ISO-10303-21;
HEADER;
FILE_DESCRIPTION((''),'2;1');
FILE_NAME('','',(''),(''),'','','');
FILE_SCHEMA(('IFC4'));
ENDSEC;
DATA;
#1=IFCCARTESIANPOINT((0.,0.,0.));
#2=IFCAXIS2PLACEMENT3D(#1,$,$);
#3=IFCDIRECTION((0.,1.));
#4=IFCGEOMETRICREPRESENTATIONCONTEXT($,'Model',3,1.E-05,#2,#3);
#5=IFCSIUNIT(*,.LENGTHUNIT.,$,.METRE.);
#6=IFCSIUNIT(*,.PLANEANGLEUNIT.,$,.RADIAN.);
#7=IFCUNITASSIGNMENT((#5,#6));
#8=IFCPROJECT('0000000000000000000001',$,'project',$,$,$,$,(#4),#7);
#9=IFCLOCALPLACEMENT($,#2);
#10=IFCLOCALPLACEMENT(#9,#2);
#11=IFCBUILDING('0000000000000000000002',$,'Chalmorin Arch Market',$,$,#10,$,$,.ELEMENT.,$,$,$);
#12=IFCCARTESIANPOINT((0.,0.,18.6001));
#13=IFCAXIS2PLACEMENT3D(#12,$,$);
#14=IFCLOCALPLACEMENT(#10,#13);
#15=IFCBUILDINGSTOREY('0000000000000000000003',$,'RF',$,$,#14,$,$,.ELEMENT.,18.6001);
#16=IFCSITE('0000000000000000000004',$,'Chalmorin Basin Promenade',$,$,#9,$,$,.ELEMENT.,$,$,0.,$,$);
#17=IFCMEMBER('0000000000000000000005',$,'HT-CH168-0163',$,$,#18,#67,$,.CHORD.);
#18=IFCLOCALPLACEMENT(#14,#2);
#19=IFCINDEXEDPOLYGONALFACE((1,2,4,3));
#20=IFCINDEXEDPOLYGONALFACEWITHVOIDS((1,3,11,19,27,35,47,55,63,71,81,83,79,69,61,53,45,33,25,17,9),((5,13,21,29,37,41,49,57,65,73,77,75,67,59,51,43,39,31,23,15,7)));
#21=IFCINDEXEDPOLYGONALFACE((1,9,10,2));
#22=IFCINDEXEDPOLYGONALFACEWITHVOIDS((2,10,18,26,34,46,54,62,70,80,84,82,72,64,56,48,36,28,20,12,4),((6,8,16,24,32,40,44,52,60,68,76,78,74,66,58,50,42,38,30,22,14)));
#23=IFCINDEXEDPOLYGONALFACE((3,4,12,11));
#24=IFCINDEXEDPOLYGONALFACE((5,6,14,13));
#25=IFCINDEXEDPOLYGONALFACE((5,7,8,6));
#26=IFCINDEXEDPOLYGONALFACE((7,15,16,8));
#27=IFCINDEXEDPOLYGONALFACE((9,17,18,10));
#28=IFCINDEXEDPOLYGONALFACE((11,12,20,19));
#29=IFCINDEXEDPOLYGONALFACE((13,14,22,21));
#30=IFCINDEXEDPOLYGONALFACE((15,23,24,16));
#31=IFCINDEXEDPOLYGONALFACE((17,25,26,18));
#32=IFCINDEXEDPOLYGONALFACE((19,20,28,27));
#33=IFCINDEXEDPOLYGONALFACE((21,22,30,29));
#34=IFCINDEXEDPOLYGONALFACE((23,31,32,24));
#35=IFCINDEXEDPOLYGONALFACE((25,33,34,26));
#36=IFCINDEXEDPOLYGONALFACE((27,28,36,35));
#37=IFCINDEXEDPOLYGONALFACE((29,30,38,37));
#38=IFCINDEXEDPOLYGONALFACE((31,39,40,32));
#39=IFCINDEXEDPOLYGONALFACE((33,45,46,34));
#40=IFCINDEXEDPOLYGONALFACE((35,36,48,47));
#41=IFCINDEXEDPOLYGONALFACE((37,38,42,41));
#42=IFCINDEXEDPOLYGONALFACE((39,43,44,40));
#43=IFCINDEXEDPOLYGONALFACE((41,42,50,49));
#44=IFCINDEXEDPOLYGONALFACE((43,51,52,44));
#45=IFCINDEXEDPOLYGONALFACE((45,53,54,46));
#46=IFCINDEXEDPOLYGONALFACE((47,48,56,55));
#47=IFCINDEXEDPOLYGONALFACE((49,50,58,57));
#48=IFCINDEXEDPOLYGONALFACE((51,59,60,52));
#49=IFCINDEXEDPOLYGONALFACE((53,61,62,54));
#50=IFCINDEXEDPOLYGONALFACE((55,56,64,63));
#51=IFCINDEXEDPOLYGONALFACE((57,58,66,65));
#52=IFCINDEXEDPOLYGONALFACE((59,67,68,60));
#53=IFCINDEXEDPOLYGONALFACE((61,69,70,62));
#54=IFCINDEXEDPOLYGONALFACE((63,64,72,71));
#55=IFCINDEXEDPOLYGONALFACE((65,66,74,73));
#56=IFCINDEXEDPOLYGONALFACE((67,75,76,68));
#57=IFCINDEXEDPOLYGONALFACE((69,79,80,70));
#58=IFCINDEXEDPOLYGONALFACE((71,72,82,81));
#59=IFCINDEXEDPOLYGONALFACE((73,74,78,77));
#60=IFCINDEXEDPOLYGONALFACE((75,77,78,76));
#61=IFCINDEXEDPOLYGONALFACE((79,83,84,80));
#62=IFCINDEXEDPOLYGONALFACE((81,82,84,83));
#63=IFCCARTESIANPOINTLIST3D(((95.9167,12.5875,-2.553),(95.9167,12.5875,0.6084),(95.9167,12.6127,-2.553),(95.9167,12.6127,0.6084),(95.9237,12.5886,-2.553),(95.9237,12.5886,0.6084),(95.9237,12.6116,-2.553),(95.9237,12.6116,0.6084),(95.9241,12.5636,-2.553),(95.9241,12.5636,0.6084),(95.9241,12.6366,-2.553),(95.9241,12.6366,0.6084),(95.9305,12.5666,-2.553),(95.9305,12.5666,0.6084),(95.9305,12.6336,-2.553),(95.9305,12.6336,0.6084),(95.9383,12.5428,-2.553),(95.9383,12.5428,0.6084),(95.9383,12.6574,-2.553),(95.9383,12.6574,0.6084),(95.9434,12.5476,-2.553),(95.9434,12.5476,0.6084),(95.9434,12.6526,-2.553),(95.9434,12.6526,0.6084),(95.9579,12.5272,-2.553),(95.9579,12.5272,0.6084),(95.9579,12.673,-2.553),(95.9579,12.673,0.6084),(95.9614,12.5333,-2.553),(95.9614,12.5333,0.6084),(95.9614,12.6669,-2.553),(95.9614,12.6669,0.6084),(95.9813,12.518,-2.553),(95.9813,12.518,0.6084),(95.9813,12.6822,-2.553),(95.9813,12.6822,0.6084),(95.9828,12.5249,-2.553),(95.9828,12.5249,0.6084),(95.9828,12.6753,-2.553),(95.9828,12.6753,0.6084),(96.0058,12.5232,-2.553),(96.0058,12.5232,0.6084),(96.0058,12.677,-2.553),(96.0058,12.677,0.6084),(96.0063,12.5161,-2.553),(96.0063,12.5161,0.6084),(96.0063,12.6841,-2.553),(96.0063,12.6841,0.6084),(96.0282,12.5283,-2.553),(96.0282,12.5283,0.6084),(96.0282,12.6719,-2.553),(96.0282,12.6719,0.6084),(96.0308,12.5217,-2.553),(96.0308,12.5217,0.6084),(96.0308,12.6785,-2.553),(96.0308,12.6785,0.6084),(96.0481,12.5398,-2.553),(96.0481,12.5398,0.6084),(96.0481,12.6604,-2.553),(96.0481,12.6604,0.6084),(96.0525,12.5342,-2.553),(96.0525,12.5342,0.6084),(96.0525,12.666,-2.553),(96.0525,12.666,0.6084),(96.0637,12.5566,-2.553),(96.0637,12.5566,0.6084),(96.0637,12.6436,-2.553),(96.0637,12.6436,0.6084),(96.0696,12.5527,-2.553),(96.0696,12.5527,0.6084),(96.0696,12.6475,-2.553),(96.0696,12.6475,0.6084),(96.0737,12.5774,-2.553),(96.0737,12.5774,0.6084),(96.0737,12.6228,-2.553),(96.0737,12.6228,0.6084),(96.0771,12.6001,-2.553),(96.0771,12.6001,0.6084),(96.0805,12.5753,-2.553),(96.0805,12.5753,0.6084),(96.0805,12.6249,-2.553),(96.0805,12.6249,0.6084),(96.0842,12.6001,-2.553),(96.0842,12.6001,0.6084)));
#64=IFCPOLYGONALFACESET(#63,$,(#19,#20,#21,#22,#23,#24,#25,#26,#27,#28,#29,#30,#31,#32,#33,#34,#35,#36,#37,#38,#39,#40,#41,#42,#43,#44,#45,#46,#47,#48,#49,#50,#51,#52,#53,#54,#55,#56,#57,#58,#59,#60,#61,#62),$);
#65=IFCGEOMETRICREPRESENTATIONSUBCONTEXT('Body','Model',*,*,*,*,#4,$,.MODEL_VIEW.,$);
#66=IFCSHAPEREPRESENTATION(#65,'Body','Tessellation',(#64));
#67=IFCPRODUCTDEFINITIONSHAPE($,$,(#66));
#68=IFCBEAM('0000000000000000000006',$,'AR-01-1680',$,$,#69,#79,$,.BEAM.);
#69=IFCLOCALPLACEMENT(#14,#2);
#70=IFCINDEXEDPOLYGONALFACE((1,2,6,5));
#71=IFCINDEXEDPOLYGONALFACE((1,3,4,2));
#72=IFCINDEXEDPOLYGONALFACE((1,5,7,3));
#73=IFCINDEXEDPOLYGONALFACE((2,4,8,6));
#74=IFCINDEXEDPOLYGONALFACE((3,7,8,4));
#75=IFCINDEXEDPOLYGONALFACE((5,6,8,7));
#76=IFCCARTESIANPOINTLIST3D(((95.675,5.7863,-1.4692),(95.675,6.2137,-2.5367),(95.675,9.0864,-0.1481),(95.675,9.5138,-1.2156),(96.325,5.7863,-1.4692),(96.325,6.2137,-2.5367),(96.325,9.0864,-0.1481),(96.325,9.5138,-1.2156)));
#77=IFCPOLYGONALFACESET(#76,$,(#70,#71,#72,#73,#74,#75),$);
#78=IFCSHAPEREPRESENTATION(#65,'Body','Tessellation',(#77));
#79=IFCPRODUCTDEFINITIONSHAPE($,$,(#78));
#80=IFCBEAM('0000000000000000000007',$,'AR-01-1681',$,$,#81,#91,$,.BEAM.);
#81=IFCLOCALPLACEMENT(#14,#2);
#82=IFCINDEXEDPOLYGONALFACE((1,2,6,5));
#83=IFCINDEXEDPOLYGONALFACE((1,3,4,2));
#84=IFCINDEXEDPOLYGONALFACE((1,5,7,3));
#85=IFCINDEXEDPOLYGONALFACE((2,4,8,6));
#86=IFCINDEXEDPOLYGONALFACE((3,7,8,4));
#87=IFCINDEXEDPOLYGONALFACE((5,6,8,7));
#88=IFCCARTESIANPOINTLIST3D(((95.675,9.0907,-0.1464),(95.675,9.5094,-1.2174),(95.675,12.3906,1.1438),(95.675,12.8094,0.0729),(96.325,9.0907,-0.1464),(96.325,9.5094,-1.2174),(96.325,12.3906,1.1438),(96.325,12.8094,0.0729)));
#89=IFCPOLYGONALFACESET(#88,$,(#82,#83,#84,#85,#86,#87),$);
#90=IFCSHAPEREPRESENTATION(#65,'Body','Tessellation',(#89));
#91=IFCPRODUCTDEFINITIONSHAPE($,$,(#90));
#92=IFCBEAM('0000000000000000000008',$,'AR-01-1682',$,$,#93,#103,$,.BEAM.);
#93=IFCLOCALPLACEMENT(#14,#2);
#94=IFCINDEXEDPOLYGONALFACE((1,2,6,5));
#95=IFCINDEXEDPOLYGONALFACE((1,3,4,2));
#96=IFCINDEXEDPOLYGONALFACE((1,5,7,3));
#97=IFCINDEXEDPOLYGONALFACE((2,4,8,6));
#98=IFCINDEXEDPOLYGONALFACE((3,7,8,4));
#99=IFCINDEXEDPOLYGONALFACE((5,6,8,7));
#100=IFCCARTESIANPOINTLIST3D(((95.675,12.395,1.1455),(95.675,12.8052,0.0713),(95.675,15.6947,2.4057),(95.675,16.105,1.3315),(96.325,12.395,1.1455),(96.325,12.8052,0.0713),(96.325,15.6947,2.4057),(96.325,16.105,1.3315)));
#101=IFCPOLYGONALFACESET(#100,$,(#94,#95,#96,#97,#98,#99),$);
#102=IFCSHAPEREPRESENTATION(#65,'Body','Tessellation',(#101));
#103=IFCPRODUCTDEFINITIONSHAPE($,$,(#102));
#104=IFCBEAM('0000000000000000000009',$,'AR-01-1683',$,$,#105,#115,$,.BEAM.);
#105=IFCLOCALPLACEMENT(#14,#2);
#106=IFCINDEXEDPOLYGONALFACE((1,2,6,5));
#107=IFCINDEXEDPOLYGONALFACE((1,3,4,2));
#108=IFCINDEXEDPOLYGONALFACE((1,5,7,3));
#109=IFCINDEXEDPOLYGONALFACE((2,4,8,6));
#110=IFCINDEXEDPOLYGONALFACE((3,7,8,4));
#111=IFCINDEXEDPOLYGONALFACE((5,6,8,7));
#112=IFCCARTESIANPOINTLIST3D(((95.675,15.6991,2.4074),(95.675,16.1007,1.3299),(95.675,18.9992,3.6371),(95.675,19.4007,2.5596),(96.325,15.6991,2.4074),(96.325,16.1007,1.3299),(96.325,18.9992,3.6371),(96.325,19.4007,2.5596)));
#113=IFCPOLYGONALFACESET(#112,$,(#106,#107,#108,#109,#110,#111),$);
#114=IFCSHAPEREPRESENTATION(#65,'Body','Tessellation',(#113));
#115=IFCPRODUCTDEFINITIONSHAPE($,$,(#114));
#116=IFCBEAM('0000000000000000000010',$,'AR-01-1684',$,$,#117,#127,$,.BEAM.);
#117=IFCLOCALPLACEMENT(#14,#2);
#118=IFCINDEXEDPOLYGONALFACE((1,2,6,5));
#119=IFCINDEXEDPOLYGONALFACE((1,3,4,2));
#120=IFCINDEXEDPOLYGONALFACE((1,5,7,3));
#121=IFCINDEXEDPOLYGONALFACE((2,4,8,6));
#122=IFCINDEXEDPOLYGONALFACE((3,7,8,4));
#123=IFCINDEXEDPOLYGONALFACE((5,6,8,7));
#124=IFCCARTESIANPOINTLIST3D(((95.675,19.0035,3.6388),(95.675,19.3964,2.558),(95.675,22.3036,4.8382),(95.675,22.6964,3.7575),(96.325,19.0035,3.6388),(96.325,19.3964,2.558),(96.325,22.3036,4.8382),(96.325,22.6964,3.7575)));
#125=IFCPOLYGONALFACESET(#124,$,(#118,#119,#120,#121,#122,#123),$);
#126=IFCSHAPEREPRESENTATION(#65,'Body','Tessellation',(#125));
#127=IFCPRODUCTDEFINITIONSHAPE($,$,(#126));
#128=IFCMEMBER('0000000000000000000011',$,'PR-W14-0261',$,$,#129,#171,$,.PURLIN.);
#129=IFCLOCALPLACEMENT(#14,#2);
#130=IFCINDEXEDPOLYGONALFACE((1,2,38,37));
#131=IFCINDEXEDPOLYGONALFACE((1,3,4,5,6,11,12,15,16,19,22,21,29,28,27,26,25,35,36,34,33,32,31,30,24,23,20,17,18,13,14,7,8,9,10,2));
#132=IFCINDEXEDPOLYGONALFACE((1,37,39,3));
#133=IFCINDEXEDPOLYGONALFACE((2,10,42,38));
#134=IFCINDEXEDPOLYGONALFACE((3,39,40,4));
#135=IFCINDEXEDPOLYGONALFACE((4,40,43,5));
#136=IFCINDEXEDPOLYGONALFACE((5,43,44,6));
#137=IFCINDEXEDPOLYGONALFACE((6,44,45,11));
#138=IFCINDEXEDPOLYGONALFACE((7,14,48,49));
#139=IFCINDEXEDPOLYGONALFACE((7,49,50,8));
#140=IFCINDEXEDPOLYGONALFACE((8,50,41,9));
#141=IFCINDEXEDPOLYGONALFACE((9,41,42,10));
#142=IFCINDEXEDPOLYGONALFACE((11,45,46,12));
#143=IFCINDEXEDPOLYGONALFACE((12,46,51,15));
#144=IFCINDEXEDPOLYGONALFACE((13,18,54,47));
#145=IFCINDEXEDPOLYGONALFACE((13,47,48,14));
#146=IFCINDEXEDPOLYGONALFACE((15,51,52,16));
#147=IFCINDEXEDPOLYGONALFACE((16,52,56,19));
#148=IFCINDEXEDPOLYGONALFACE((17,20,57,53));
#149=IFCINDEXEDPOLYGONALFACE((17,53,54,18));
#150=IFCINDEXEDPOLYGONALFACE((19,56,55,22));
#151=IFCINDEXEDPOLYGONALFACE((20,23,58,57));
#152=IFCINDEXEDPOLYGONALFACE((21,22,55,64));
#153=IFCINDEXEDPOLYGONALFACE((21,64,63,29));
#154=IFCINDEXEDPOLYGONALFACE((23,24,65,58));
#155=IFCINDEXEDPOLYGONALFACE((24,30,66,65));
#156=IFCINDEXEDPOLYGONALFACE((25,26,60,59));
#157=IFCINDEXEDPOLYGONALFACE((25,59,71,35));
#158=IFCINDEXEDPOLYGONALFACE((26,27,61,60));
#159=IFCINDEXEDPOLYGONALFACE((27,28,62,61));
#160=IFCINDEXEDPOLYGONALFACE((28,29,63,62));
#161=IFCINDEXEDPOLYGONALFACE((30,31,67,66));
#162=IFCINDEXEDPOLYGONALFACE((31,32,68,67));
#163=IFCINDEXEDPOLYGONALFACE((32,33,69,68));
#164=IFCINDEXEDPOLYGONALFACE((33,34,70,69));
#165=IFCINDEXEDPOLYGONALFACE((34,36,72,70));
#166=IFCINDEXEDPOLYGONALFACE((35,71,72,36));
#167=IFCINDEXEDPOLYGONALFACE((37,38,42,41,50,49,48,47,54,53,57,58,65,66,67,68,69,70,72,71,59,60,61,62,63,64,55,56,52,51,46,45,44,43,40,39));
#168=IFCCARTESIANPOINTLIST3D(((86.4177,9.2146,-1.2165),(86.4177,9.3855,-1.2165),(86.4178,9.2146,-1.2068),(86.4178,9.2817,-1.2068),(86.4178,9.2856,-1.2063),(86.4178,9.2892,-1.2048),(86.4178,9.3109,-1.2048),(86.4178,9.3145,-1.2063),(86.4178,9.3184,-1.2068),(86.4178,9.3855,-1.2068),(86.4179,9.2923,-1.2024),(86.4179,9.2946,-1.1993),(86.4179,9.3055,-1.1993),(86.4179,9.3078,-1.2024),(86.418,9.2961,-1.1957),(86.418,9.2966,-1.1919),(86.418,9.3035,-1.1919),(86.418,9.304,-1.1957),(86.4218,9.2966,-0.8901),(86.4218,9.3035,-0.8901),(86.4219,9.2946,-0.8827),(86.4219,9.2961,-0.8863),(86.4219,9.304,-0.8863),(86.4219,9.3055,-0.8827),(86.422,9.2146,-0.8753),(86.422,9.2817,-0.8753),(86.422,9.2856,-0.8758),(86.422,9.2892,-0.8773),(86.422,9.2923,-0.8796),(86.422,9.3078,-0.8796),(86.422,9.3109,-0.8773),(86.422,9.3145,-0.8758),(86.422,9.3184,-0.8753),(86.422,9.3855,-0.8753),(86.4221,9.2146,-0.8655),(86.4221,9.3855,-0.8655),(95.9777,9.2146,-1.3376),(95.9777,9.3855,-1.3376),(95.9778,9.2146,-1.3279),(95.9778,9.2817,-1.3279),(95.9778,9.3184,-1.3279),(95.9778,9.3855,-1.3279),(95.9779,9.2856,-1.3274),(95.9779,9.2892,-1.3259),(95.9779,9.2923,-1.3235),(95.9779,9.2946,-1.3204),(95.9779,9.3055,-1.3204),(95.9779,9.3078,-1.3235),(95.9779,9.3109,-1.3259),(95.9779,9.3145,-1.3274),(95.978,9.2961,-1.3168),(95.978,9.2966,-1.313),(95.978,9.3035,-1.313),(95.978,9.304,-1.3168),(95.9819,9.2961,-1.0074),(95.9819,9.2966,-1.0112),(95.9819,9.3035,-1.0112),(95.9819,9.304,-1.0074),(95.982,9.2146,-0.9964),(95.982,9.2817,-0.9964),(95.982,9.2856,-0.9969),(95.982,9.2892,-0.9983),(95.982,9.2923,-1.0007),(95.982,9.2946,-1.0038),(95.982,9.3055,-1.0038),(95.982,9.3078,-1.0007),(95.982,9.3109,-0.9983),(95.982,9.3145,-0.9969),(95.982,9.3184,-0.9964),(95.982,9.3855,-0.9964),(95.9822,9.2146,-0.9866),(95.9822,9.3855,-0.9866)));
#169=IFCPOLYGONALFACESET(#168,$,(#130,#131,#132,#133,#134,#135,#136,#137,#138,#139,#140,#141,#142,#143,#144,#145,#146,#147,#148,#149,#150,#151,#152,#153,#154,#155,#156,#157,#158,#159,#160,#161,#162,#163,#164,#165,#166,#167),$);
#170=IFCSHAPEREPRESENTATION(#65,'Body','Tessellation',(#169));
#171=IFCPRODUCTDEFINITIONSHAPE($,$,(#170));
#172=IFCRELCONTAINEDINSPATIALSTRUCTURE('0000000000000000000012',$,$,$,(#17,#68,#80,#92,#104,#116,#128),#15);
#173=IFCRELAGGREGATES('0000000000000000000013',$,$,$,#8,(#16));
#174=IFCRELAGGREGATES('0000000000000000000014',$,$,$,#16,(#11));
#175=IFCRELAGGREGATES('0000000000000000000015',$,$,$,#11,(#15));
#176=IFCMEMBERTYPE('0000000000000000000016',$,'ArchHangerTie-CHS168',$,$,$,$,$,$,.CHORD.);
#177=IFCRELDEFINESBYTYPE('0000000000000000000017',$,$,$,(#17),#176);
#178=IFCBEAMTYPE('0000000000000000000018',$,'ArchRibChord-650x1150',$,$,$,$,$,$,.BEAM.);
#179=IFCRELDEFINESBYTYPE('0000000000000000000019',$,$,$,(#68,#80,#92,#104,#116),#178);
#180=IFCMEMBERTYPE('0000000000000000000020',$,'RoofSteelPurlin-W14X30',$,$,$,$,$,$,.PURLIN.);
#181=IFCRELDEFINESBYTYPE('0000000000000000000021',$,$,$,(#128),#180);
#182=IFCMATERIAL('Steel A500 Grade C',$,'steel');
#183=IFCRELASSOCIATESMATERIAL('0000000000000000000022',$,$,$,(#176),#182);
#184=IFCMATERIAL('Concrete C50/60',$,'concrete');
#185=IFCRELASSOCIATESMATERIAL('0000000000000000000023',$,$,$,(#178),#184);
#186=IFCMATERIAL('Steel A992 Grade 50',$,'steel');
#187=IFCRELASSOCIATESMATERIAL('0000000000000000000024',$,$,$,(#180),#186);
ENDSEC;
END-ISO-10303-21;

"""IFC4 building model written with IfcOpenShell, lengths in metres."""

from ifc_helpers import new_model, si_unit, direction, frame, origin, origin_2d, place, context, subcontext, project, spatial, rectangle, hollow_circle, i_section, extrude, material, material_profile, profile_set, type_object, element, save


model = new_model("IFC4")

# Units and contexts
model_context = context("Model", 3, precision=1e-05, world=origin(), true_north=direction((0.0, 1.0)))
body_context = subcontext(model_context, "Body", "Model", "MODEL_VIEW")
ifc_project = project(units=[si_unit("LENGTHUNIT", "METRE"), si_unit("PLANEANGLEUNIT", "RADIAN")], contexts=[model_context])

# Site, building, storey
site_placement = place(None, origin())
site = spatial("IfcSite", under=ifc_project, at=site_placement, Name="Chalmorin Basin Promenade", CompositionType="ELEMENT", RefElevation=0.0)
building_placement = place(site_placement, origin())
building = spatial("IfcBuilding", under=site, at=building_placement, Name="Chalmorin Arch Market", CompositionType="ELEMENT")
storey_placement = place(building_placement, frame((0.0, 0.0, 18.6001)))
storey = spatial("IfcBuildingStorey", under=building, at=storey_placement, Name="RF", CompositionType="ELEMENT", Elevation=18.6001)

# Member
ifc_material_1 = material(Name="Steel A500 Grade C", Category="steel")
ifc_material_profile_1 = material_profile(ifc_material_1, hollow_circle(Radius=0.0842, WallThickness=0.0071, at=origin_2d()), Name="CHS168X7")
ifc_profile_set_1 = profile_set([ifc_material_profile_1], Name="Steel A500 Grade C")
member_type_1 = type_object("IfcMemberType", Name="ArchHangerTie-CHS168", PredefinedType="CHORD", material=ifc_profile_set_1)
member_1_placement = place(storey_placement, frame((96.0, 12.6001, -2.553), z_axis=(0.0, 0.0, 1.0), x_axis=(1.0, 0.0, 0.0)))
element("IfcMember", 1, at=member_1_placement, inside=storey, type_object=member_type_1, Name="HT-CH168-0163", PredefinedType="CHORD", context=body_context, shape_type="SweptSolid", body=[
    extrude(hollow_circle(Radius=0.0842, WallThickness=0.0071, at=origin_2d()), origin(), (0.0, 0.0, 1.0), 3.1614),
])

# Beams
ifc_material_2 = material(Name="Concrete C50/60", Category="concrete")
ifc_material_profile_2 = material_profile(ifc_material_2, rectangle(XDim=0.6499, YDim=1.1499, at=origin_2d()), Name="RC650X1150")
ifc_profile_set_2 = profile_set([ifc_material_profile_2], Name="Concrete C50/60")
beam_type = type_object("IfcBeamType", Name="ArchRibChord-650x1150", PredefinedType="BEAM", material=ifc_profile_set_2)
beam_1_placement = place(storey_placement, frame((96.0, 6.0, -2.0029), z_axis=(0.0, 0.928377, 0.371639), x_axis=(-1.0, 0.0, 0.0)))
element("IfcBeam", 2, at=beam_1_placement, inside=storey, type_object=beam_type, Name="AR-01-1680", PredefinedType="BEAM", context=body_context, shape_type="SweptSolid", body=[
    extrude(rectangle(XDim=0.6499, YDim=1.1499, at=origin_2d()), origin(), (0.0, 0.0, 1.0), 3.5547),
])
beam_2_placement = place(storey_placement, frame((96.0, 9.3, -0.6819), z_axis=(0.0, 0.931342, 0.364145), x_axis=(-1.0, 0.0, 0.0)))
element("IfcBeam", 3, at=beam_2_placement, inside=storey, type_object=beam_type, Name="AR-01-1681", PredefinedType="BEAM", context=body_context, shape_type="SweptSolid", body=[
    extrude(rectangle(XDim=0.6499, YDim=1.1499, at=origin_2d()), origin(), (0.0, 0.0, 1.0), 3.5432),
])
beam_3_placement = place(storey_placement, frame((96.0, 12.6001, 0.6084), z_axis=(0.0, 0.934187, 0.356783), x_axis=(-1.0, 0.0, 0.0)))
element("IfcBeam", 4, at=beam_3_placement, inside=storey, type_object=beam_type, Name="AR-01-1682", PredefinedType="BEAM", context=body_context, shape_type="SweptSolid", body=[
    extrude(rectangle(XDim=0.6499, YDim=1.1499, at=origin_2d()), origin(), (0.0, 0.0, 1.0), 3.5322),
])
beam_4_placement = place(storey_placement, frame((96.0, 15.8999, 1.8687), z_axis=(0.0, 0.937054, 0.349185), x_axis=(-1.0, 0.0, 0.0)))
element("IfcBeam", 5, at=beam_4_placement, inside=storey, type_object=beam_type, Name="AR-01-1683", PredefinedType="BEAM", context=body_context, shape_type="SweptSolid", body=[
    extrude(rectangle(XDim=0.6499, YDim=1.1499, at=origin_2d()), origin(), (0.0, 0.0, 1.0), 3.5217),
])
beam_5_placement = place(storey_placement, frame((96.0, 19.2, 3.0984), z_axis=(0.0, 0.939844, 0.341603), x_axis=(-1.0, 0.0, 0.0)))
element("IfcBeam", 6, at=beam_5_placement, inside=storey, type_object=beam_type, Name="AR-01-1684", PredefinedType="BEAM", context=body_context, shape_type="SweptSolid", body=[
    extrude(rectangle(XDim=0.6499, YDim=1.1499, at=origin_2d()), origin(), (0.0, 0.0, 1.0), 3.5112),
])

# Member
ifc_material_3 = material(Name="Steel A992 Grade 50", Category="steel")
ifc_material_profile_3 = material_profile(ifc_material_3, i_section(OverallWidth=0.1709, OverallDepth=0.3511, WebThickness=0.0068, FlangeThickness=0.0098, FilletRadius=0.0149, at=origin_2d()), Name="W14X30")
ifc_profile_set_3 = profile_set([ifc_material_profile_3], Name="Steel A992 Grade 50")
member_type_2 = type_object("IfcMemberType", Name="RoofSteelPurlin-W14X30", PredefinedType="PURLIN", material=ifc_profile_set_3)
member_2_placement = place(storey_placement, frame((86.4199, 9.3, -1.041), z_axis=(0.99992, 0.0, -0.012666), x_axis=(0.0, 1.0, 0.0)))
element("IfcMember", 7, at=member_2_placement, inside=storey, type_object=member_type_2, Name="PR-W14-0261", PredefinedType="PURLIN", context=body_context, shape_type="SweptSolid", body=[
    extrude(i_section(OverallWidth=0.1709, OverallDepth=0.3511, WebThickness=0.0068, FlangeThickness=0.0098, FilletRadius=0.0149, at=origin_2d()), origin(), (0.0, 0.0, 1.0), 9.5608),
])

save(model, "model.ifc")
